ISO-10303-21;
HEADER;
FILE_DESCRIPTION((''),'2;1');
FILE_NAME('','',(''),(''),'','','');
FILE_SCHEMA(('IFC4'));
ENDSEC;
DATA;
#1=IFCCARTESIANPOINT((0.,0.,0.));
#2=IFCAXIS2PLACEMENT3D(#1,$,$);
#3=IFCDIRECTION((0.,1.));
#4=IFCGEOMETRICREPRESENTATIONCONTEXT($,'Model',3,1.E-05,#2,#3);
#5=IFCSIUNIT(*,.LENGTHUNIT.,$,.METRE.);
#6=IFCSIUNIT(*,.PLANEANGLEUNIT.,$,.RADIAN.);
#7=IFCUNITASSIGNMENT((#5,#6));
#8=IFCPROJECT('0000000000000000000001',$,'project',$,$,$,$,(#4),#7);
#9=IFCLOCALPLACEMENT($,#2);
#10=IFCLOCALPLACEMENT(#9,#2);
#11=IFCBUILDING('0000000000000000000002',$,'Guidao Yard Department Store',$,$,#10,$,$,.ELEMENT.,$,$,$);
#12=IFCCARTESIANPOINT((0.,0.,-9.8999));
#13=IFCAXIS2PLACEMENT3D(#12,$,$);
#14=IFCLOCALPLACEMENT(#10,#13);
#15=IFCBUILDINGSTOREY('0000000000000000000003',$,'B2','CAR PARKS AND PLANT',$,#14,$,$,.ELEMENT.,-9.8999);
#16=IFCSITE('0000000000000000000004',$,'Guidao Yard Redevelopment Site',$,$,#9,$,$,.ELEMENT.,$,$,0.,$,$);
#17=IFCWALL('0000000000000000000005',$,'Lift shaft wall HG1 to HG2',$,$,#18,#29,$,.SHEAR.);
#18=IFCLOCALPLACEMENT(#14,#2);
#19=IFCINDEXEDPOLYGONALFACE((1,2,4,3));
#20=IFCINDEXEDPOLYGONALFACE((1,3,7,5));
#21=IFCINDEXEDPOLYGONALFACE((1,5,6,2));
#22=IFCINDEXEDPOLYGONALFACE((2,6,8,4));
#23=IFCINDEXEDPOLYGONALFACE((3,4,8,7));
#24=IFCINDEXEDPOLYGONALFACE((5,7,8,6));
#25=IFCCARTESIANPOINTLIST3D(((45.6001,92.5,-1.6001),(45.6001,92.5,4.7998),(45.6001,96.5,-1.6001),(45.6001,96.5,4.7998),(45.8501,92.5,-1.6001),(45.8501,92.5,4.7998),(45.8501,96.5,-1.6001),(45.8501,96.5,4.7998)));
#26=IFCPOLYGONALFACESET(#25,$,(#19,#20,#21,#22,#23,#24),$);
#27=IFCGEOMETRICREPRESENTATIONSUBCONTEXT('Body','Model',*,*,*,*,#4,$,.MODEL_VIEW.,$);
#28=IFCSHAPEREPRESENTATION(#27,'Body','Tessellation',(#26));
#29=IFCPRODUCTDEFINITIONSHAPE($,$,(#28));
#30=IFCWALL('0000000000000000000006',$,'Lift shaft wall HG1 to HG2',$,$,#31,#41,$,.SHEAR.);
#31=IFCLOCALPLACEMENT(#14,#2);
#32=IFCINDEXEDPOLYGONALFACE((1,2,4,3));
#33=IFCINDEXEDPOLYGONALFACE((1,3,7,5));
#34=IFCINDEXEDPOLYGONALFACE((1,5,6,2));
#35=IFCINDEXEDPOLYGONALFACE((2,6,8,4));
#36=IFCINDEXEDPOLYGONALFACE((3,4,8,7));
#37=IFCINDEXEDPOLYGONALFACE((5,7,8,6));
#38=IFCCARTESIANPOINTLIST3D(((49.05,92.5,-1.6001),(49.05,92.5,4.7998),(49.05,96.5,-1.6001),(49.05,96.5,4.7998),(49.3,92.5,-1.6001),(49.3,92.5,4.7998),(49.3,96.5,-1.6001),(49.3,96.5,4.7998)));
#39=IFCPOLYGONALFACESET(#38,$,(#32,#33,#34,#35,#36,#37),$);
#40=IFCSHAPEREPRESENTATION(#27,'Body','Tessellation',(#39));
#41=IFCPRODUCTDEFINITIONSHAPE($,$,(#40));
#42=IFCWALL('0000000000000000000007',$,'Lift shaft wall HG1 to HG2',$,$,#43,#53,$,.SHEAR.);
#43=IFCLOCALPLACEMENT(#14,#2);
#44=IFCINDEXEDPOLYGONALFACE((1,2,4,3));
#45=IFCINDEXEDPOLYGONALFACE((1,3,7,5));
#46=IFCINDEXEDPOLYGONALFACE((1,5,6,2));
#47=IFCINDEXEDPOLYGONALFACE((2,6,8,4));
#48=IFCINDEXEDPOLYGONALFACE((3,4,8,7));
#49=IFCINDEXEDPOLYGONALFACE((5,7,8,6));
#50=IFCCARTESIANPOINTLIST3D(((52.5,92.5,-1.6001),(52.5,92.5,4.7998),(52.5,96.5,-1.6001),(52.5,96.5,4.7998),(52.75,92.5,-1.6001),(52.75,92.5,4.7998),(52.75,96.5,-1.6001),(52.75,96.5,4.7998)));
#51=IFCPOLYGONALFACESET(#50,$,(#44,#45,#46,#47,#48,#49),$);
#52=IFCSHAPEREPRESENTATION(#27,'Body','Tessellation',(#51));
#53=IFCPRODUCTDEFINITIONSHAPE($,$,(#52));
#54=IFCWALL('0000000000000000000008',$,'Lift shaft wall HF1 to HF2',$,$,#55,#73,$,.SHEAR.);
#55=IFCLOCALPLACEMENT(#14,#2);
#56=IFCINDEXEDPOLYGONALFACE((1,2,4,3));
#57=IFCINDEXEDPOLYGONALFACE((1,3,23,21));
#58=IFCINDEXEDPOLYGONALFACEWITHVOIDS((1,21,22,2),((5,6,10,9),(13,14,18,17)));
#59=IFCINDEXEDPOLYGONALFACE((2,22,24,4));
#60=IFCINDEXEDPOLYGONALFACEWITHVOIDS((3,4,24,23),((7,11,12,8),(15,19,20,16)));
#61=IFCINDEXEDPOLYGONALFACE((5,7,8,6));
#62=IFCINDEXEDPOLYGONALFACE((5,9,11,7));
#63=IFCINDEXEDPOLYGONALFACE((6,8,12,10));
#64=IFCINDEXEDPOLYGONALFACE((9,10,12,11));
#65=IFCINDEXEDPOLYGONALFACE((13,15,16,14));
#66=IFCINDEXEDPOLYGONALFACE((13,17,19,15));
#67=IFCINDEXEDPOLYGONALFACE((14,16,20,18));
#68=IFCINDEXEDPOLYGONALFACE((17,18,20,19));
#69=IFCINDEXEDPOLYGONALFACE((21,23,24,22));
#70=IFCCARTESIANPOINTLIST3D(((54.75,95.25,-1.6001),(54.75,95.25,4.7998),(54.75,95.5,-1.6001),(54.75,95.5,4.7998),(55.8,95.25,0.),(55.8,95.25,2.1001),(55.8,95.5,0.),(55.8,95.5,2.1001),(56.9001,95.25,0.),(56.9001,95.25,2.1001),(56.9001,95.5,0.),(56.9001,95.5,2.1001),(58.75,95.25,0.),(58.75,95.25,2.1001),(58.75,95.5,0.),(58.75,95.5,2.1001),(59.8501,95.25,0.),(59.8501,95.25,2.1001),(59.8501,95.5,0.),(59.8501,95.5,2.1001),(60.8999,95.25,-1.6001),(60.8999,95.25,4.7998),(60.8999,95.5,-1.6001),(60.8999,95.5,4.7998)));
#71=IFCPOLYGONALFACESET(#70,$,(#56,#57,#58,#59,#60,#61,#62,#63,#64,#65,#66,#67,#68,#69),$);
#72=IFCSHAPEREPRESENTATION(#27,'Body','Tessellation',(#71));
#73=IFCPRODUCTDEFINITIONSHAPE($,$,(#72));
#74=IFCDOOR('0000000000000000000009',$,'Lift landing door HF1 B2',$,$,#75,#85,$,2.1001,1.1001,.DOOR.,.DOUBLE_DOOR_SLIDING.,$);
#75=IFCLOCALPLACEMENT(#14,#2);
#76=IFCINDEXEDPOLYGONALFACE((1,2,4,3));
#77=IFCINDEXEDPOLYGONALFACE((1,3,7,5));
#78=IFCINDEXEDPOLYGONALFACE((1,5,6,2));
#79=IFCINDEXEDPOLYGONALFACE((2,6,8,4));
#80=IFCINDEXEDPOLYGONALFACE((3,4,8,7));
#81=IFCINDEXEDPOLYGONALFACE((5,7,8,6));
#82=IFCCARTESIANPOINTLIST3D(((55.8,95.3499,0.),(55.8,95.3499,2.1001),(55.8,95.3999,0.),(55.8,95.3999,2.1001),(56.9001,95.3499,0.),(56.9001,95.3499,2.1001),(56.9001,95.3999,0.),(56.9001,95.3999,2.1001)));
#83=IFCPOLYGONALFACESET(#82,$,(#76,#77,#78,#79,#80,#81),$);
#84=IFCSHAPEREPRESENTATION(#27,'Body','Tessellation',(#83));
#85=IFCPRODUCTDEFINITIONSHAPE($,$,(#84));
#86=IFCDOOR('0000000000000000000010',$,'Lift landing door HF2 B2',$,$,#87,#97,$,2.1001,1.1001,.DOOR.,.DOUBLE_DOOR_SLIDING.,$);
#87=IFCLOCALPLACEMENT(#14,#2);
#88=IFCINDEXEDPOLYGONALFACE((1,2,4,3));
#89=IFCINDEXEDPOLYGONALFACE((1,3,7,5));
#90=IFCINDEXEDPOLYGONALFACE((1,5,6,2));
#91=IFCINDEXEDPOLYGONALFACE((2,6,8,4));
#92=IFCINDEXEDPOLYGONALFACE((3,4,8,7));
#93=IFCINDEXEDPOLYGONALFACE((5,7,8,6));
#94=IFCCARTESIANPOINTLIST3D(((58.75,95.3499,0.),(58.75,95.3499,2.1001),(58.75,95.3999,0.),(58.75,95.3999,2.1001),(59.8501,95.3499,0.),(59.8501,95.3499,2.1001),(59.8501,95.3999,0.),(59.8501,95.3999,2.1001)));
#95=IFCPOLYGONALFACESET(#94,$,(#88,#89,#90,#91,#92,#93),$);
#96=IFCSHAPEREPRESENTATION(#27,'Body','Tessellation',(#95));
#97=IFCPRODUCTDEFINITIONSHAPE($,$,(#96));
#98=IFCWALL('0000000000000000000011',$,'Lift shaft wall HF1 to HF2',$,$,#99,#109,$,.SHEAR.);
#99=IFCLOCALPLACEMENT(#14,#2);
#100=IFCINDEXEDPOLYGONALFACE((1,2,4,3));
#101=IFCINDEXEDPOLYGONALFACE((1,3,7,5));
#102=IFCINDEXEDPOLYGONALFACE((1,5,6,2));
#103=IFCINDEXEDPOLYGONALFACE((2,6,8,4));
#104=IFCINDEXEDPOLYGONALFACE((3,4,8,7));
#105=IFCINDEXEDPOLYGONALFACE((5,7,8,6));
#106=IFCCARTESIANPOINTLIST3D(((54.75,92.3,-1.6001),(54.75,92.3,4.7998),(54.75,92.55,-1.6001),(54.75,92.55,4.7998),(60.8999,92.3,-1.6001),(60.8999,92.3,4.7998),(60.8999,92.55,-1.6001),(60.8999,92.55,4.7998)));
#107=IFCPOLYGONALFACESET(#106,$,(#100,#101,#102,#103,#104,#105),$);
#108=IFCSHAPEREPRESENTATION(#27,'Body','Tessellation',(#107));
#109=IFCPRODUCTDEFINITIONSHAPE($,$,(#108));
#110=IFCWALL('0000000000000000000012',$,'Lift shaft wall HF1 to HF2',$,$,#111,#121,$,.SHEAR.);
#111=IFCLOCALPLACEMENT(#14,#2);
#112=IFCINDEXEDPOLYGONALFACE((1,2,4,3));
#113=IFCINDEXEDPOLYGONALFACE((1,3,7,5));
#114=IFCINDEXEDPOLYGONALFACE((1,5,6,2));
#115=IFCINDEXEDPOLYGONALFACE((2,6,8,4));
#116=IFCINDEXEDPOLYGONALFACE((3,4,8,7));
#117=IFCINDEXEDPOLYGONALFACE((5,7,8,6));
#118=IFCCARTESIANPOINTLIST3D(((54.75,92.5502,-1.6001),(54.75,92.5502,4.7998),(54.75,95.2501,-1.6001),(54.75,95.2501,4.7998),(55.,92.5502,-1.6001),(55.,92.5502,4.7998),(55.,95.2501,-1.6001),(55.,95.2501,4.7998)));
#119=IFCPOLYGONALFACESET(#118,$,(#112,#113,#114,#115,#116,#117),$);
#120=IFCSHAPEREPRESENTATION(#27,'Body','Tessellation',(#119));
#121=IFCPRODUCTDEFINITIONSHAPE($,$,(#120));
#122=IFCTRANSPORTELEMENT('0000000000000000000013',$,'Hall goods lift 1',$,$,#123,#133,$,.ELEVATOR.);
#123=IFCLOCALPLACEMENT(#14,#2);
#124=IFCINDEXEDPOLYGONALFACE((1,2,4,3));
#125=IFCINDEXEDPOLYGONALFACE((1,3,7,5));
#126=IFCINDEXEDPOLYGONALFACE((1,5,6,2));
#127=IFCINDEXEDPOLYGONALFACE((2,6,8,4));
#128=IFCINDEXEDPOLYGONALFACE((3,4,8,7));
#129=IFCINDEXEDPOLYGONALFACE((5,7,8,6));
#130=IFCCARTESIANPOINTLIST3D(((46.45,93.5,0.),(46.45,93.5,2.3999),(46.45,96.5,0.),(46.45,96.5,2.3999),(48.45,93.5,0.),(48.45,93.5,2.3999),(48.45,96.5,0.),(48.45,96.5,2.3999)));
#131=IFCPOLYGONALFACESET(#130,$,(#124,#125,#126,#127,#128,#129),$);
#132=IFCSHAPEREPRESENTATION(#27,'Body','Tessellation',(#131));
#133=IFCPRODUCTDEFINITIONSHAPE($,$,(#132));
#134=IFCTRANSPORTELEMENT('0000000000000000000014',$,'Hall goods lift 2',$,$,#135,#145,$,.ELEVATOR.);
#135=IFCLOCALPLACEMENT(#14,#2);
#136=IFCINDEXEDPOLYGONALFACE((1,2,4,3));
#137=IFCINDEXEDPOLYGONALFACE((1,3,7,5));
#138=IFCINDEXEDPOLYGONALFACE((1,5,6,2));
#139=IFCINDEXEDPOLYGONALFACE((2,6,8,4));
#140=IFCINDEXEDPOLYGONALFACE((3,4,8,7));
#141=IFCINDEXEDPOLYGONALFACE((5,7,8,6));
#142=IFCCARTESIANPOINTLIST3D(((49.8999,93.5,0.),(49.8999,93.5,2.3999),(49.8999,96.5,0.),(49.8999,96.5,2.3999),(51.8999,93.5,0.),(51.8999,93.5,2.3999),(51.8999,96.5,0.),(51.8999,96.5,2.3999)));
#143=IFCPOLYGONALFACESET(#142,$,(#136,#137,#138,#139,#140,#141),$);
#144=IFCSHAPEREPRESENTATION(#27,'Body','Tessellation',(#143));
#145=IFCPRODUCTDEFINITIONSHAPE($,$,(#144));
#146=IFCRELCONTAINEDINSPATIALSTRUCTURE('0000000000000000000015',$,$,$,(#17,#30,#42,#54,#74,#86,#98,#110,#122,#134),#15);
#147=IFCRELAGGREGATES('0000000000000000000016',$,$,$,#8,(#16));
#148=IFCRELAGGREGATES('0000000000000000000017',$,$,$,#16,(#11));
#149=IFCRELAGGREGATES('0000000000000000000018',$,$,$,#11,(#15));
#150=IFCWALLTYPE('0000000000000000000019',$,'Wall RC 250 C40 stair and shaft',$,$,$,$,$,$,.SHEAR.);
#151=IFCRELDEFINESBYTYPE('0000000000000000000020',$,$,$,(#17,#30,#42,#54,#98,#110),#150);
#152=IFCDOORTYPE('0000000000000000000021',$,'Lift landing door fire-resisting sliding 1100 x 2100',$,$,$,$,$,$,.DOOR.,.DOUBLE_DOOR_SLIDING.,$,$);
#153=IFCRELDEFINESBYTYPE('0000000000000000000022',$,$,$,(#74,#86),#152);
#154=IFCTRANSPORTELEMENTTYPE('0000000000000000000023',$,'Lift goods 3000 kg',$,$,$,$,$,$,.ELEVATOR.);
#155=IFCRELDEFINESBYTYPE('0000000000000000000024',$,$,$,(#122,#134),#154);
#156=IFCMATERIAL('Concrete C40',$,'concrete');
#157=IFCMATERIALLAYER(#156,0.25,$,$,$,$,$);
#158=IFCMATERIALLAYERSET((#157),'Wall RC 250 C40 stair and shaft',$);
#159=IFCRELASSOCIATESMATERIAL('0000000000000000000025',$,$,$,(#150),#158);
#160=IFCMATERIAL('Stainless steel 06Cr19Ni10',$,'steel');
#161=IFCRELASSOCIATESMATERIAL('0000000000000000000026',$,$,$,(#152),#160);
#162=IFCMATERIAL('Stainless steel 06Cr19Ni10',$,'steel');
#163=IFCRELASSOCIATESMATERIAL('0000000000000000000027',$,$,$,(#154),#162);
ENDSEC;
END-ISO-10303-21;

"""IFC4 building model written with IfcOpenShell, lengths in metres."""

from ifc_helpers import new_model, si_unit, direction, frame, frame_2d, origin, origin_2d, place, context, subcontext, project, spatial, rectangle, extrude, material, layer, layer_set, type_object, element, fill, save


model = new_model("IFC4")

# Units and contexts
model_context = context("Model", 3, precision=1e-05, world=origin(), true_north=direction((0.0, 1.0)))
body_context = subcontext(model_context, "Body", "Model", "MODEL_VIEW")
ifc_project = project(units=[si_unit("LENGTHUNIT", "METRE"), si_unit("PLANEANGLEUNIT", "RADIAN")], contexts=[model_context])

# Site, building, storey
site_placement = place(None, origin())
site = spatial("IfcSite", under=ifc_project, at=site_placement, Name="Guidao Yard Redevelopment Site", CompositionType="ELEMENT", RefElevation=0.0)
building_placement = place(site_placement, origin())
building = spatial("IfcBuilding", under=site, at=building_placement, Name="Guidao Yard Department Store", CompositionType="ELEMENT")
storey_placement = place(building_placement, frame((0.0, 0.0, -9.8999)))
storey = spatial("IfcBuildingStorey", under=building, at=storey_placement, Name="B2", Description="CAR PARKS AND PLANT", CompositionType="ELEMENT", Elevation=-9.8999)

# Shared definitions
ifc_material_1 = material(Name="Concrete C40", Category="concrete")
ifc_layer_1 = layer(ifc_material_1, 0.25)
ifc_layer_set_1 = layer_set([ifc_layer_1], Name="Wall RC 250 C40 stair and shaft")
wall_type_1 = type_object("IfcWallType", Name="Wall RC 250 C40 stair and shaft", PredefinedType="SHEAR", material=ifc_layer_set_1)

# Walls
for number, where, z_axis, x_axis, name in (
    (1, (45.7251, 92.5, -1.6001), (0.0, 0.0, 1.0), (0.0, 1.0, 0.0), "Lift shaft wall HG1 to HG2"),
    (2, (49.175, 92.5, -1.6001), (0.0, 0.0, 1.0), (0.0, 1.0, 0.0), "Lift shaft wall HG1 to HG2"),
    (3, (52.625, 92.5, -1.6001), (0.0, 0.0, 1.0), (0.0, 1.0, 0.0), "Lift shaft wall HG1 to HG2"),
):
    element("IfcWall", number, at=place(storey_placement, frame(where, z_axis=z_axis, x_axis=x_axis)), inside=storey, type_object=wall_type_1, Name=name, PredefinedType="SHEAR", context=body_context, shape_type="SweptSolid", body=[
        extrude(rectangle(XDim=4.0, YDim=0.25, at=frame_2d((2.0, 0.0))), origin(), (0.0, 0.0, 1.0), 6.3999),
    ])

# Wall, openings, doors
wall_1_placement = place(storey_placement, frame((54.75, 95.375, -1.6001), z_axis=(0.0, 0.0, 1.0), x_axis=(1.0, 0.0, 0.0)))
wall_1 = element("IfcWall", 4, at=wall_1_placement, inside=storey, type_object=wall_type_1, Name="Lift shaft wall HF1 to HF2", PredefinedType="SHEAR", context=body_context, shape_type="SweptSolid", body=[
    extrude(rectangle(XDim=6.1499, YDim=0.25, at=frame_2d((3.075, 0.0))), origin(), (0.0, 0.0, 1.0), 6.3999),
])
opening_1_placement = place(wall_1_placement, frame((1.05, 0.0, 1.6001)))
opening_1 = element("IfcOpeningElement", 5, at=opening_1_placement, cuts=wall_1, PredefinedType="OPENING", context=body_context, shape_type="SweptSolid", body=[
    extrude(rectangle(XDim=1.1001, YDim=2.1001, at=frame_2d((0.55, 1.05))), frame((0.0, 0.135, 0.0), z_axis=(0.0, -1.0, 0.0), x_axis=(1.0, 0.0, 0.0)), (0.0, 0.0, 1.0), 0.27),
])
opening_2_placement = place(wall_1_placement, frame((4.0, 0.0, 1.6001)))
opening_2 = element("IfcOpeningElement", 6, at=opening_2_placement, cuts=wall_1, PredefinedType="OPENING", context=body_context, shape_type="SweptSolid", body=[
    extrude(rectangle(XDim=1.1001, YDim=2.1001, at=frame_2d((0.55, 1.05))), frame((0.0, 0.135, 0.0), z_axis=(0.0, -1.0, 0.0), x_axis=(1.0, 0.0, 0.0)), (0.0, 0.0, 1.0), 0.27),
])
ifc_material_2 = material(Name="Stainless steel 06Cr19Ni10", Category="steel")
door_type_1 = type_object("IfcDoorType", Name="Lift landing door fire-resisting sliding 1100 x 2100", OperationType="DOUBLE_DOOR_SLIDING", PredefinedType="DOOR", material=ifc_material_2)
door_1_placement = place(opening_1_placement, origin())
door_1 = element("IfcDoor", 7, at=door_1_placement, inside=storey, type_object=door_type_1, Name="Lift landing door HF1 B2", OperationType="DOUBLE_DOOR_SLIDING", OverallHeight=2.1001, OverallWidth=1.1001, PredefinedType="DOOR", context=body_context, shape_type="SweptSolid", body=[
    extrude(rectangle(XDim=1.1001, YDim=2.1001, at=frame_2d((0.55, 1.05))), frame((0.0, 0.0249, 0.0), z_axis=(0.0, -1.0, 0.0), x_axis=(1.0, 0.0, 0.0)), (0.0, 0.0, 1.0), 0.05),
])
fill(opening_1, door_1)
door_2_placement = place(opening_2_placement, origin())
door_2 = element("IfcDoor", 8, at=door_2_placement, inside=storey, type_object=door_type_1, Name="Lift landing door HF2 B2", OperationType="DOUBLE_DOOR_SLIDING", OverallHeight=2.1001, OverallWidth=1.1001, PredefinedType="DOOR", context=body_context, shape_type="SweptSolid", body=[
    extrude(rectangle(XDim=1.1001, YDim=2.1001, at=frame_2d((0.55, 1.05))), frame((0.0, 0.0249, 0.0), z_axis=(0.0, -1.0, 0.0), x_axis=(1.0, 0.0, 0.0)), (0.0, 0.0, 1.0), 0.05),
])
fill(opening_2, door_2)

# Walls
wall_2_placement = place(storey_placement, frame((54.75, 92.425, -1.6001), z_axis=(0.0, 0.0, 1.0), x_axis=(1.0, 0.0, 0.0)))
element("IfcWall", 9, at=wall_2_placement, inside=storey, type_object=wall_type_1, Name="Lift shaft wall HF1 to HF2", PredefinedType="SHEAR", context=body_context, shape_type="SweptSolid", body=[
    extrude(rectangle(XDim=6.1499, YDim=0.25, at=frame_2d((3.075, 0.0))), origin(), (0.0, 0.0, 1.0), 6.3999),
])
wall_3_placement = place(storey_placement, frame((54.875, 92.55, -1.6001), z_axis=(0.0, 0.0, 1.0), x_axis=(0.0, 1.0, 0.0)))
element("IfcWall", 10, at=wall_3_placement, inside=storey, type_object=wall_type_1, Name="Lift shaft wall HF1 to HF2", PredefinedType="SHEAR", context=body_context, shape_type="SweptSolid", body=[
    extrude(rectangle(XDim=2.7, YDim=0.25, at=frame_2d((1.3501, 0.0))), origin(), (0.0, 0.0, 1.0), 6.3999),
])

# Transport elements
ifc_material_3 = material(Name="Stainless steel 06Cr19Ni10", Category="steel")
transport_element_type = type_object("IfcTransportElementType", Name="Lift goods 3000 kg", PredefinedType="ELEVATOR", material=ifc_material_3)
for number, where, z_axis, x_axis, name in (
    (11, (47.45, 95.0, 0.0), (0.0, 0.0, 1.0), (1.0, 0.0, 0.0), "Hall goods lift 1"),
    (12, (50.8999, 95.0, 0.0), (0.0, 0.0, 1.0), (1.0, 0.0, 0.0), "Hall goods lift 2"),
):
    element("IfcTransportElement", number, at=place(storey_placement, frame(where, z_axis=z_axis, x_axis=x_axis)), inside=storey, type_object=transport_element_type, Name=name, PredefinedType="ELEVATOR", context=body_context, shape_type="SweptSolid", body=[
        extrude(rectangle(XDim=2.0, YDim=3.0, at=origin_2d()), origin(), (0.0, 0.0, 1.0), 2.3999),
    ])

save(model, "model.ifc")
